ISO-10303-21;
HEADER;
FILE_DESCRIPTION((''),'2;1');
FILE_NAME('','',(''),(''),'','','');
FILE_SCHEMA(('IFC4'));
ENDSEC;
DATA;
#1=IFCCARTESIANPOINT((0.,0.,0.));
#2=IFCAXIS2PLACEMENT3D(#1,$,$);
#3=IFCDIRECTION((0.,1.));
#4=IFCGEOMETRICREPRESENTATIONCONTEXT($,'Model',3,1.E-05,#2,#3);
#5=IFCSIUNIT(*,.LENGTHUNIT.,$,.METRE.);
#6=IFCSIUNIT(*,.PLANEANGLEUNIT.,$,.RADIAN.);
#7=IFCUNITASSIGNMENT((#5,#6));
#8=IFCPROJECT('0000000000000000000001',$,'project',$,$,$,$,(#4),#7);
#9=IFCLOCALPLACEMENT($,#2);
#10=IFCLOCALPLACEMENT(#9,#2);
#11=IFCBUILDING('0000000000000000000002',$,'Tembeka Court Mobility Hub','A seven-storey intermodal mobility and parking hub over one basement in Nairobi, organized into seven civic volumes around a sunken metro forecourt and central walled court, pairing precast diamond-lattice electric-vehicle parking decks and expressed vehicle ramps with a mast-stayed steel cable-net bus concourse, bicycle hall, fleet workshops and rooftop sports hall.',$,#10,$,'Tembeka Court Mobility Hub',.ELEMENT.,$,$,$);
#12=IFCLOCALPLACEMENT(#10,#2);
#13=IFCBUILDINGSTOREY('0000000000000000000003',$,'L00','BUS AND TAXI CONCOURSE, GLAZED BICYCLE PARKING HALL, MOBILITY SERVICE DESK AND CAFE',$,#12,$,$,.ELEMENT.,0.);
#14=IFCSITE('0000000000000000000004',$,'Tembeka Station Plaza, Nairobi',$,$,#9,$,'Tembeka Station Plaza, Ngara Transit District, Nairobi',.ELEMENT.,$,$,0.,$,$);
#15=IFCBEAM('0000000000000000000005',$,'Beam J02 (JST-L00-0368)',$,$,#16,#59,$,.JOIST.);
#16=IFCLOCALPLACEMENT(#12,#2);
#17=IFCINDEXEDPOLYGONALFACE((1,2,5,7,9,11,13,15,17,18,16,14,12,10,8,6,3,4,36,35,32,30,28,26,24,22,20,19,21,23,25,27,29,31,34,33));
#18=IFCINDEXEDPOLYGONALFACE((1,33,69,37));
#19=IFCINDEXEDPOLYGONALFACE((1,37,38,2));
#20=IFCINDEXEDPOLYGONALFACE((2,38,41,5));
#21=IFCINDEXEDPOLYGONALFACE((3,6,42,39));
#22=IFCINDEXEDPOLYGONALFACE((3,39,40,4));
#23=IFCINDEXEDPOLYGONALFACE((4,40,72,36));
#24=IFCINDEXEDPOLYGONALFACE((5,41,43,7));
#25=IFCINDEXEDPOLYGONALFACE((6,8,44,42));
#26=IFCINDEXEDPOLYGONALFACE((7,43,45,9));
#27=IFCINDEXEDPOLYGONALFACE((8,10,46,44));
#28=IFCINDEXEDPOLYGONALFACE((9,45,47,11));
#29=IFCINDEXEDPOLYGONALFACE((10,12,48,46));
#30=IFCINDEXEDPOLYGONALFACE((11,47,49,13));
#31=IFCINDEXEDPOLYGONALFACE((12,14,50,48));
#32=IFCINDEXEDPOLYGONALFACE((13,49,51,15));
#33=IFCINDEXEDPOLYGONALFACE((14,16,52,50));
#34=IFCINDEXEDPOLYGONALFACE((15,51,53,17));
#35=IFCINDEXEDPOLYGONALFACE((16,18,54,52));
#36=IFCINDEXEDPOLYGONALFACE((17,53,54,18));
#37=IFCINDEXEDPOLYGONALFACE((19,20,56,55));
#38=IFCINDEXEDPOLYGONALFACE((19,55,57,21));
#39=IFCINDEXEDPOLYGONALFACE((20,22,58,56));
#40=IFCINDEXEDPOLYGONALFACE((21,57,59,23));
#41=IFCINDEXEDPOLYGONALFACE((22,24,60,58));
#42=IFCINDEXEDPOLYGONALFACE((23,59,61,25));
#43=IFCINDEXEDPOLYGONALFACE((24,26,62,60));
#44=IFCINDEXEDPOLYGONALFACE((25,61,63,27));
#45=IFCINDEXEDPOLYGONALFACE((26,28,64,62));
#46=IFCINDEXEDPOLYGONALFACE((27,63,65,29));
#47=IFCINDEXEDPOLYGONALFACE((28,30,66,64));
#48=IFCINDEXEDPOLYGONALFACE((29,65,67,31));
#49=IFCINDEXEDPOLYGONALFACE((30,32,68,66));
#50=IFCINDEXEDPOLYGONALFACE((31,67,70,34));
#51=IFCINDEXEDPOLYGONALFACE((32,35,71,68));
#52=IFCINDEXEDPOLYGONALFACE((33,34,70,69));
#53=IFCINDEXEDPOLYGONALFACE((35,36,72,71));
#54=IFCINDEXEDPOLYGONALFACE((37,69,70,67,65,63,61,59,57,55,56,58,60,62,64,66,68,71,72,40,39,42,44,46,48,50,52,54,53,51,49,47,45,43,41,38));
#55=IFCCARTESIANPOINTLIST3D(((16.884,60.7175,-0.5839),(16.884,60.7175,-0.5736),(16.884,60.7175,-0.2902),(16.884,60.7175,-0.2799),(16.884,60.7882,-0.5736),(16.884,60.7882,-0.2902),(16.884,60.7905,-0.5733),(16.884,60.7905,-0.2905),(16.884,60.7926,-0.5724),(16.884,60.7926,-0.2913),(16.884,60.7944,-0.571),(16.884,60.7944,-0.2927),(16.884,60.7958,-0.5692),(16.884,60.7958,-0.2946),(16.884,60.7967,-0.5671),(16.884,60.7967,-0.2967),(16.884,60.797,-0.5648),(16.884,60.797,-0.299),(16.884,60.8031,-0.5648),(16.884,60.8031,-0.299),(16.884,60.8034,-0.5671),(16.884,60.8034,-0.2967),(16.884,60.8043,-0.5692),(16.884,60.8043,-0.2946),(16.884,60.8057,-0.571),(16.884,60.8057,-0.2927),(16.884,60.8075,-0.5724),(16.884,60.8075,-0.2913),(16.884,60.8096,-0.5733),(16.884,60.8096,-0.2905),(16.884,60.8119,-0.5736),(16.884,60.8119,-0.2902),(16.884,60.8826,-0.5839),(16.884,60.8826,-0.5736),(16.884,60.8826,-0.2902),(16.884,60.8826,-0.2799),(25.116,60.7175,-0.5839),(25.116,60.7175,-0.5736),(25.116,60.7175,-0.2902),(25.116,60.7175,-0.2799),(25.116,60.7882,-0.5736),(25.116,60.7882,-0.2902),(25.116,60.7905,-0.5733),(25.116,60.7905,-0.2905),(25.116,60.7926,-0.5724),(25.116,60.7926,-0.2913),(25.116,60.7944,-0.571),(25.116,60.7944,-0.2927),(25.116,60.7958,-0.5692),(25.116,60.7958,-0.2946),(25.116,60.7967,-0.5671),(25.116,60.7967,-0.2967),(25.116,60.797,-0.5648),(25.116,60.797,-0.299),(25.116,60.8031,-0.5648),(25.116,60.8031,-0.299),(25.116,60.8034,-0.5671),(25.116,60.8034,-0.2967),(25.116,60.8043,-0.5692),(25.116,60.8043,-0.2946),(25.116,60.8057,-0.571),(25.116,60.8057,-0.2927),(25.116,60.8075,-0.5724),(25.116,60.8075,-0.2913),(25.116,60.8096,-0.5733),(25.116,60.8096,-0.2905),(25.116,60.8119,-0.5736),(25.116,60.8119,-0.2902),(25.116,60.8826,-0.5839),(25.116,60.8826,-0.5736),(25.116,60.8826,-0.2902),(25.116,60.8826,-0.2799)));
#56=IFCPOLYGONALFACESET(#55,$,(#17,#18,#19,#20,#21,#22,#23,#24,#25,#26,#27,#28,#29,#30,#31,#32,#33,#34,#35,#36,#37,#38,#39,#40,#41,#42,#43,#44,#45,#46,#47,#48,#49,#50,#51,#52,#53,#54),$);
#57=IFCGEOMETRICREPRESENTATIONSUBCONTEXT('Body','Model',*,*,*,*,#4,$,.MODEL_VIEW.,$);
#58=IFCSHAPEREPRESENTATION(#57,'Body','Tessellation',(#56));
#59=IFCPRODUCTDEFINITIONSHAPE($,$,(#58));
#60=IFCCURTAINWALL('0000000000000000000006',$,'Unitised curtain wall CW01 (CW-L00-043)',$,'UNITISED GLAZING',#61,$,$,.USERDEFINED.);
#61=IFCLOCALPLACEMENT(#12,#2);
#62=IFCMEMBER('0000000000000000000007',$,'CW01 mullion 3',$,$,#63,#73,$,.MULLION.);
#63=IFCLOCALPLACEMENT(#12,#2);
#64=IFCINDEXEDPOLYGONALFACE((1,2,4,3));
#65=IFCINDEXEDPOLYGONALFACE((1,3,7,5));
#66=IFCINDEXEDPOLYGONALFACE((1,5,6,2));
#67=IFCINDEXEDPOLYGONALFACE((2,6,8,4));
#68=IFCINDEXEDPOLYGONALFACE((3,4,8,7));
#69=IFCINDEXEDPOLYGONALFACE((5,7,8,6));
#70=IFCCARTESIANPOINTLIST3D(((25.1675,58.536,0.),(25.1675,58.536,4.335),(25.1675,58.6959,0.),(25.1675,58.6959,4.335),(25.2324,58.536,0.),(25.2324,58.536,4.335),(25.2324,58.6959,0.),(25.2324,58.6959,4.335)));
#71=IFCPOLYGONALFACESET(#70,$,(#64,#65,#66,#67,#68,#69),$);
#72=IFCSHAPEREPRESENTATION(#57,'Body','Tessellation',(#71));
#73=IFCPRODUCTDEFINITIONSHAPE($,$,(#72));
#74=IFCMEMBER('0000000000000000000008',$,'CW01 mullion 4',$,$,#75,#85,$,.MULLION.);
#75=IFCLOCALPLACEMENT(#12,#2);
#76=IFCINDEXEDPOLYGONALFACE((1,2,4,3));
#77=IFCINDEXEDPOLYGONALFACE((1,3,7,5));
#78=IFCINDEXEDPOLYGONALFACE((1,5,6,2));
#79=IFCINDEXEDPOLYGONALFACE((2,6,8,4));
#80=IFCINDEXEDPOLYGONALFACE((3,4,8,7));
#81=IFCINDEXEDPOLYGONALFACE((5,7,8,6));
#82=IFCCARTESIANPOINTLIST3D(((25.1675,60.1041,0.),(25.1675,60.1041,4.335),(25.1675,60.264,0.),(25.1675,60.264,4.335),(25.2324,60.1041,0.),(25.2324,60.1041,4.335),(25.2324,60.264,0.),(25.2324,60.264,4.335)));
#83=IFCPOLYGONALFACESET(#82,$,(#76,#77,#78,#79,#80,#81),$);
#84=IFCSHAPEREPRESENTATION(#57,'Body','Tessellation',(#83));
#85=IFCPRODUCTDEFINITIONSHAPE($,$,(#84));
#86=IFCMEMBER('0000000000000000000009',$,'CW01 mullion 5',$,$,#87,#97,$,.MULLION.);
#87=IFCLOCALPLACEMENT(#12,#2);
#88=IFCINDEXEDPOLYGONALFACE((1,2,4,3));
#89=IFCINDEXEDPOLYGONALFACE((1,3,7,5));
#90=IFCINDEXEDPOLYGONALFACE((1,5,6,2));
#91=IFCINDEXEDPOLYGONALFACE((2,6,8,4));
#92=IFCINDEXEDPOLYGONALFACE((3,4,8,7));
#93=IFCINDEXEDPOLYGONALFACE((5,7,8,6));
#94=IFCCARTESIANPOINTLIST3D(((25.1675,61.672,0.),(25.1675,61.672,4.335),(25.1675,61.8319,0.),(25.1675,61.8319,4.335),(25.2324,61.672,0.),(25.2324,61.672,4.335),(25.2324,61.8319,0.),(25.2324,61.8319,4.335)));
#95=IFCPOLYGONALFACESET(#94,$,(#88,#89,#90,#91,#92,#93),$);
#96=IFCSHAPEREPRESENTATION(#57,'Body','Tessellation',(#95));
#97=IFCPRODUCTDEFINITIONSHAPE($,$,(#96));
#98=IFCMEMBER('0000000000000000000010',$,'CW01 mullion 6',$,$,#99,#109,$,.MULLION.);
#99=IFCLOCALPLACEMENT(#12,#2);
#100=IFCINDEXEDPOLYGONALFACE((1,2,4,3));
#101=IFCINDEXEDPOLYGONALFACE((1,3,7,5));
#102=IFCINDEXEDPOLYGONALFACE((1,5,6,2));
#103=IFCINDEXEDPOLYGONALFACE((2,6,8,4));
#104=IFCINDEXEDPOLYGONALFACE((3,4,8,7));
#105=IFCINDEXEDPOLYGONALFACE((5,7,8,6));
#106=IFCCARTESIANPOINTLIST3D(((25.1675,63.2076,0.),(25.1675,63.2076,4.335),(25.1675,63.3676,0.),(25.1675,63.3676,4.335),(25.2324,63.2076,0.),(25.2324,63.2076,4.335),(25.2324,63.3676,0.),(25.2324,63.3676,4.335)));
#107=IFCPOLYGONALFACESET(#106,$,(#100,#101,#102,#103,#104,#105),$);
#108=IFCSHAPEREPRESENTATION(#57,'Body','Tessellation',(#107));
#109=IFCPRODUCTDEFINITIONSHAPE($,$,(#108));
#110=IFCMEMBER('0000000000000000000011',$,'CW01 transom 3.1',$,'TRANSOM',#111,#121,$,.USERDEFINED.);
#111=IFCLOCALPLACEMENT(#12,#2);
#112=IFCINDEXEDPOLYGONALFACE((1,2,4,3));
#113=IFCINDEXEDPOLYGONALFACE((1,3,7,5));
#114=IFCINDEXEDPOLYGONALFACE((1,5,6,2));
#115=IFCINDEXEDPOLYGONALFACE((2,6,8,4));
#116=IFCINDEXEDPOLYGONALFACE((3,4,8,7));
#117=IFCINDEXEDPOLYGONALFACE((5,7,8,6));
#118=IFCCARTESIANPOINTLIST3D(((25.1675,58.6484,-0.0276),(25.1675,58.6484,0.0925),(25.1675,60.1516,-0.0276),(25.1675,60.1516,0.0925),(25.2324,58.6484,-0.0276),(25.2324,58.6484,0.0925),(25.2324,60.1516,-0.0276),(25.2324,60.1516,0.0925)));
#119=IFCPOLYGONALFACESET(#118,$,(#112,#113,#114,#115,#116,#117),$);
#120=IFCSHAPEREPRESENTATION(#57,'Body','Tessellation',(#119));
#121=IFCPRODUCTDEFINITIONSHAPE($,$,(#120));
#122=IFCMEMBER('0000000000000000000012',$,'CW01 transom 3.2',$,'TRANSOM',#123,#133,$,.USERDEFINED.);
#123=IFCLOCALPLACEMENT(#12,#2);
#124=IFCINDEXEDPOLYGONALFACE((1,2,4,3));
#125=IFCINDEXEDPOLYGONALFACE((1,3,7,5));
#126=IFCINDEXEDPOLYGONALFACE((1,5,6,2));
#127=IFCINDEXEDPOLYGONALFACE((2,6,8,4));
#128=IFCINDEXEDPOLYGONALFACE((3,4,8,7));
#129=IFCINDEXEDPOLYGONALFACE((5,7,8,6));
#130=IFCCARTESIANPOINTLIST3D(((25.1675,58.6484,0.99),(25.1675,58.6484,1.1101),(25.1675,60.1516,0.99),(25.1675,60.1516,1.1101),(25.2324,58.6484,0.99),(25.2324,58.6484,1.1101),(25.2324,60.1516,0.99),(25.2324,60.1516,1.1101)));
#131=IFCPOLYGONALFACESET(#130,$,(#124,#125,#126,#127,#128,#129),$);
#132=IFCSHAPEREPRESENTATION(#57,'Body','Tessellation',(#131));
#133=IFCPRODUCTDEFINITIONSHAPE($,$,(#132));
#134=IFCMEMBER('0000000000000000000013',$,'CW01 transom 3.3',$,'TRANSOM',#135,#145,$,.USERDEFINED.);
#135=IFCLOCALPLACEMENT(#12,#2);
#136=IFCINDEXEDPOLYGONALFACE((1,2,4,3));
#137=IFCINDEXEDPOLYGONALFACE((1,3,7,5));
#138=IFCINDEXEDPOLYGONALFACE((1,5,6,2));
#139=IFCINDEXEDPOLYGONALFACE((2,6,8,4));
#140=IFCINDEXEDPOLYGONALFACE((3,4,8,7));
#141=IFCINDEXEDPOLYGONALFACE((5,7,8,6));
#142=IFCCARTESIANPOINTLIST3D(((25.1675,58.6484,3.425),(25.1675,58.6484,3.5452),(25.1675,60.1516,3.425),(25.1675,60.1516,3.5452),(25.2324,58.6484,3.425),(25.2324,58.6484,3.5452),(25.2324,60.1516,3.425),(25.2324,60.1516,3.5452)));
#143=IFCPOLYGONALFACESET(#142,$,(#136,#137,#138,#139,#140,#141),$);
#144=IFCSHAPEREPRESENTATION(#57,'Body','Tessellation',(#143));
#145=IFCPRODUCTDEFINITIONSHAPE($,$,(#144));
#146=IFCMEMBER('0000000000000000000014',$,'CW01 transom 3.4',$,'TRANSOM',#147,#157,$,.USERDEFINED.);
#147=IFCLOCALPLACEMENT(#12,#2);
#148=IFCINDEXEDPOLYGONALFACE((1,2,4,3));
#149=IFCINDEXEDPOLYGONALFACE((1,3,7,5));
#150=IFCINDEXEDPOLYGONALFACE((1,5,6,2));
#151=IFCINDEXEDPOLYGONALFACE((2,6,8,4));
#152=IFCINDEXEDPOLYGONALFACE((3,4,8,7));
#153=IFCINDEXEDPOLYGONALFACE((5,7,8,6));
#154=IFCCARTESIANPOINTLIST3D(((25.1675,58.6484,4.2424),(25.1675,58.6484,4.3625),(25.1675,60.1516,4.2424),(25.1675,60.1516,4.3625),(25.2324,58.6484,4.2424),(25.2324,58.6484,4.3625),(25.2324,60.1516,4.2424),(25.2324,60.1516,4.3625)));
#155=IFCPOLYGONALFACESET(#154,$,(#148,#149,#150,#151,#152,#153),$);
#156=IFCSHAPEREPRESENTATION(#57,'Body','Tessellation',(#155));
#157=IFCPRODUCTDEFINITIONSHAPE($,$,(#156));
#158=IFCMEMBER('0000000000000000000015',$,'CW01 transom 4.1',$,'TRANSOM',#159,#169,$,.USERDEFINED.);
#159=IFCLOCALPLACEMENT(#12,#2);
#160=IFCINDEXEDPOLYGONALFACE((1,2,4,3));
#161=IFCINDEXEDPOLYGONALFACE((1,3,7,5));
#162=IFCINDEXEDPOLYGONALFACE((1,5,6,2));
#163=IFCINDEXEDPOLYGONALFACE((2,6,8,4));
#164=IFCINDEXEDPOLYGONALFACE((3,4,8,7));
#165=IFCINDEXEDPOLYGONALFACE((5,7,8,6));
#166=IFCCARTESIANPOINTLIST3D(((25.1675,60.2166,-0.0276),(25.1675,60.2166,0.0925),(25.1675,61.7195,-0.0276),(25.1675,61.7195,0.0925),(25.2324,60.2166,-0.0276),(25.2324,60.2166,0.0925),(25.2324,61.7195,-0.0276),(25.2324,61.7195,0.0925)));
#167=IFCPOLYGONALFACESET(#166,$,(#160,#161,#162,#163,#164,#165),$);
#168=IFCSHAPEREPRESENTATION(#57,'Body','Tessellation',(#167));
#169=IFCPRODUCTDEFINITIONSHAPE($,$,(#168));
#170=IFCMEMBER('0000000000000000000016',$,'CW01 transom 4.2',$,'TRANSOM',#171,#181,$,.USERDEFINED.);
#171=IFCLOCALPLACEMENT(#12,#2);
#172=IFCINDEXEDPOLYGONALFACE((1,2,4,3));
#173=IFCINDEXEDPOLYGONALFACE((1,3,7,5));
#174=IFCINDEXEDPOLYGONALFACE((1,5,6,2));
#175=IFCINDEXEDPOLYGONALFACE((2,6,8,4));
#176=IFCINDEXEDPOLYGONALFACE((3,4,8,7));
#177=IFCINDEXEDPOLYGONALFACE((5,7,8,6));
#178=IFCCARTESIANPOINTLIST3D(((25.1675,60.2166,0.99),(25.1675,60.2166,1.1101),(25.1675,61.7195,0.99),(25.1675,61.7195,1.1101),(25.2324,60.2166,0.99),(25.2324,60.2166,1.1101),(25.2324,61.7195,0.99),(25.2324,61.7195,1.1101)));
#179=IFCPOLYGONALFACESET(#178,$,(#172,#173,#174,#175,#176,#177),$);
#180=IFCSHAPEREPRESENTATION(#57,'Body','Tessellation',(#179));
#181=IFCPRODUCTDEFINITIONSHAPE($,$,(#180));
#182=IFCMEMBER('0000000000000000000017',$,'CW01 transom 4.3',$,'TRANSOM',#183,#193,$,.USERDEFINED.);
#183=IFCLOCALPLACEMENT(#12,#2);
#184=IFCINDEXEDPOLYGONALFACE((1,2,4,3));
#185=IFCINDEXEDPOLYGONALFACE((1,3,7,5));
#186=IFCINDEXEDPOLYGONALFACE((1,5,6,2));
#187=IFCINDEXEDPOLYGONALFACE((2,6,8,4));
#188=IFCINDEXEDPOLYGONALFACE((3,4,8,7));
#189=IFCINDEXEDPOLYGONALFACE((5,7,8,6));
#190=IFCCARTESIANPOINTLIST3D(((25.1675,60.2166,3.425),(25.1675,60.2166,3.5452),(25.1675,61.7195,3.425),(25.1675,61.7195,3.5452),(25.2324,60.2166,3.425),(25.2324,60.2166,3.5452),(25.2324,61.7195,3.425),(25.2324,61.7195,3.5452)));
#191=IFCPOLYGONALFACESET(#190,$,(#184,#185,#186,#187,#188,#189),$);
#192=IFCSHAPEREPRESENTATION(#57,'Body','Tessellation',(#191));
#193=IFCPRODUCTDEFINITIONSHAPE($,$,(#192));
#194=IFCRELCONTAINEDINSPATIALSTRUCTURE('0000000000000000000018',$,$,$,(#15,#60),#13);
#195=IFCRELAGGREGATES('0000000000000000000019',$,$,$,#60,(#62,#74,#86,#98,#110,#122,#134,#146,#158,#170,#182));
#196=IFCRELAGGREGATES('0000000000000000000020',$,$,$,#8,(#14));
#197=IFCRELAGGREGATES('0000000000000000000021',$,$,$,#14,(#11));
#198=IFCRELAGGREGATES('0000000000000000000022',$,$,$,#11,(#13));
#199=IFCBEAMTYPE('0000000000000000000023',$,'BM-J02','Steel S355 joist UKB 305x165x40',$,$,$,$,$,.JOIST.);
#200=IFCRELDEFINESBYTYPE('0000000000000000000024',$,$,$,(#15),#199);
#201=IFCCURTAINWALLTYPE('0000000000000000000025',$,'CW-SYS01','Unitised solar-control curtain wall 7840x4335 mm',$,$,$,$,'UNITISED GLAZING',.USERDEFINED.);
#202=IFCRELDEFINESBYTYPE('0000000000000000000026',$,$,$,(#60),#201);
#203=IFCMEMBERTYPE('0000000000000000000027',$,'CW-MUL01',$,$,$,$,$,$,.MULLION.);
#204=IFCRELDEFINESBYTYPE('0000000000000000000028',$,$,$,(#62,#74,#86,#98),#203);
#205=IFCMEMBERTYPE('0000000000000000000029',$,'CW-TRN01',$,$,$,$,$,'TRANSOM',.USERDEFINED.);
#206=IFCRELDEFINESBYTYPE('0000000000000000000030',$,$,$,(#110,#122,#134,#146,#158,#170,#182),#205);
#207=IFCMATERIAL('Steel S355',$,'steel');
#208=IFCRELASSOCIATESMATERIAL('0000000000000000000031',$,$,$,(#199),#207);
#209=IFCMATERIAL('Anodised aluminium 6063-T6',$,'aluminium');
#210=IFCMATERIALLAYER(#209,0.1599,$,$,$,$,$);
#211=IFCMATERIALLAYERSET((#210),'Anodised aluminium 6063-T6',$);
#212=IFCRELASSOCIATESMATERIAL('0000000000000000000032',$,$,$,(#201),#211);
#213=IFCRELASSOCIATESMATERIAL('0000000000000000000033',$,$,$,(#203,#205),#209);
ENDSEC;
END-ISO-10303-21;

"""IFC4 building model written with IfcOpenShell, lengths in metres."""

from ifc_helpers import new_model, si_unit, direction, frame, origin, origin_2d, place, context, subcontext, project, spatial, rectangle, i_section, extrude, material, layer, layer_set, material_profile, profile_set, type_object, element, aggregate, save


model = new_model("IFC4")

# Units and contexts
model_context = context("Model", 3, precision=1e-05, world=origin(), true_north=direction((0.0, 1.0)))
body_context = subcontext(model_context, "Body", "Model", "MODEL_VIEW")
ifc_project = project(units=[si_unit("LENGTHUNIT", "METRE"), si_unit("PLANEANGLEUNIT", "RADIAN")], contexts=[model_context])

# Site, building, storey
site_placement = place(None, origin())
site = spatial("IfcSite", under=ifc_project, at=site_placement, Name="Tembeka Station Plaza, Nairobi", LongName="Tembeka Station Plaza, Ngara Transit District, Nairobi", CompositionType="ELEMENT", RefElevation=0.0)
building_placement = place(site_placement, origin())
building = spatial("IfcBuilding", under=site, at=building_placement, Name="Tembeka Court Mobility Hub", Description="A seven-storey intermodal mobility and parking hub over one basement in Nairobi, organized into seven civic volumes around a sunken metro forecourt and central walled court, pairing precast diamond-lattice electric-vehicle parking decks and expressed vehicle ramps with a mast-stayed steel cable-net bus concourse, bicycle hall, fleet workshops and rooftop sports hall.", LongName="Tembeka Court Mobility Hub", CompositionType="ELEMENT")
storey_placement = place(building_placement, origin())
storey = spatial("IfcBuildingStorey", under=building, at=storey_placement, Name="L00", Description="BUS AND TAXI CONCOURSE, GLAZED BICYCLE PARKING HALL, MOBILITY SERVICE DESK AND CAFE", CompositionType="ELEMENT", Elevation=0.0)

# Shared definitions
ifc_material_1 = material(Name="Steel S355", Category="steel")

# Beam
ifc_material_profile_1 = material_profile(ifc_material_1, i_section(OverallWidth=0.165, OverallDepth=0.304, WebThickness=0.0061, FlangeThickness=0.0103, FilletRadius=0.0088, at=origin_2d()), Name="UKB 305x165x40")
ifc_profile_set_1 = profile_set([ifc_material_profile_1], Name="Steel S355")
beam_type_1 = type_object("IfcBeamType", Name="BM-J02", Description="Steel S355 joist UKB 305x165x40", PredefinedType="JOIST", material=ifc_profile_set_1)
beam_1_placement = place(storey_placement, frame((16.884, 60.8, -0.4319), z_axis=(1.0, 0.0, 0.0), x_axis=(0.0, 1.0, 0.0)))
element("IfcBeam", 1, at=beam_1_placement, inside=storey, type_object=beam_type_1, Name="Beam J02 (JST-L00-0368)", PredefinedType="JOIST", context=body_context, shape_type="SweptSolid", body=[
    extrude(i_section(OverallWidth=0.165, OverallDepth=0.304, WebThickness=0.0061, FlangeThickness=0.0103, FilletRadius=0.0088, at=origin_2d()), origin(), (0.0, 0.0, 1.0), 8.2319),
])

# Curtain wall, members
ifc_material_2 = material(Name="Anodised aluminium 6063-T6", Category="aluminium")
ifc_layer_1 = layer(ifc_material_2, 0.1599)
ifc_layer_set_1 = layer_set([ifc_layer_1], Name="Anodised aluminium 6063-T6")
curtain_wall_type = type_object("IfcCurtainWallType", Name="CW-SYS01", Description="Unitised solar-control curtain wall 7840x4335 mm", ElementType="UNITISED GLAZING", PredefinedType="USERDEFINED", material=ifc_layer_set_1)
curtain_wall_placement = place(storey_placement, origin())
curtain_wall = element("IfcCurtainWall", 2, at=curtain_wall_placement, inside=storey, type_object=curtain_wall_type, Name="Unitised curtain wall CW01 (CW-L00-043)", ObjectType="UNITISED GLAZING", PredefinedType="USERDEFINED")
ifc_material_profile_2 = material_profile(ifc_material_2, rectangle(XDim=0.0649, YDim=0.1599, at=origin_2d()), Name="ALU-MUL 65x160")
ifc_profile_set_2 = profile_set([ifc_material_profile_2], Name="Anodised aluminium 6063-T6")
member_type_1 = type_object("IfcMemberType", Name="CW-MUL01", PredefinedType="MULLION", material=ifc_profile_set_2)
member_1_placement = place(storey_placement, frame((25.2, 58.616, 0.0), z_axis=(0.0, 0.0, 1.0), x_axis=(-1.0, 0.0, 0.0)))
member_1 = element("IfcMember", 3, at=member_1_placement, type_object=member_type_1, Name="CW01 mullion 3", PredefinedType="MULLION", context=body_context, shape_type="SweptSolid", body=[
    extrude(rectangle(XDim=0.0649, YDim=0.1599, at=origin_2d()), origin(), (0.0, 0.0, 1.0), 4.335),
])
member_2_placement = place(storey_placement, frame((25.2, 60.1841, 0.0), z_axis=(0.0, 0.0, 1.0), x_axis=(-1.0, 0.0, 0.0)))
member_2 = element("IfcMember", 4, at=member_2_placement, type_object=member_type_1, Name="CW01 mullion 4", PredefinedType="MULLION", context=body_context, shape_type="SweptSolid", body=[
    extrude(rectangle(XDim=0.0649, YDim=0.1599, at=origin_2d()), origin(), (0.0, 0.0, 1.0), 4.335),
])
member_3_placement = place(storey_placement, frame((25.2, 61.752, 0.0), z_axis=(0.0, 0.0, 1.0), x_axis=(-1.0, 0.0, 0.0)))
member_3 = element("IfcMember", 5, at=member_3_placement, type_object=member_type_1, Name="CW01 mullion 5", PredefinedType="MULLION", context=body_context, shape_type="SweptSolid", body=[
    extrude(rectangle(XDim=0.0649, YDim=0.1599, at=origin_2d()), origin(), (0.0, 0.0, 1.0), 4.335),
])
member_4_placement = place(storey_placement, frame((25.2, 63.2876, 0.0), z_axis=(0.0, 0.0, 1.0), x_axis=(-1.0, 0.0, 0.0)))
member_4 = element("IfcMember", 6, at=member_4_placement, type_object=member_type_1, Name="CW01 mullion 6", PredefinedType="MULLION", context=body_context, shape_type="SweptSolid", body=[
    extrude(rectangle(XDim=0.0649, YDim=0.1599, at=origin_2d()), origin(), (0.0, 0.0, 1.0), 4.335),
])
ifc_material_profile_3 = material_profile(ifc_material_2, rectangle(XDim=0.0649, YDim=0.1201, at=origin_2d()), Name="ALU-TRN 65x120")
ifc_profile_set_3 = profile_set([ifc_material_profile_3], Name="Anodised aluminium 6063-T6")
member_type_2 = type_object("IfcMemberType", Name="CW-TRN01", ElementType="TRANSOM", PredefinedType="USERDEFINED", material=ifc_profile_set_3)
member_5_placement = place(storey_placement, frame((25.2, 58.6484, 0.0325), z_axis=(0.0, 1.0, 0.0), x_axis=(-1.0, 0.0, 0.0)))
member_5 = element("IfcMember", 7, at=member_5_placement, type_object=member_type_2, Name="CW01 transom 3.1", ObjectType="TRANSOM", PredefinedType="USERDEFINED", context=body_context, shape_type="SweptSolid", body=[
    extrude(rectangle(XDim=0.0649, YDim=0.1201, at=origin_2d()), origin(), (0.0, 0.0, 1.0), 1.5032),
])
member_6_placement = place(storey_placement, frame((25.2, 58.6484, 1.05), z_axis=(0.0, 1.0, 0.0), x_axis=(-1.0, 0.0, 0.0)))
member_6 = element("IfcMember", 8, at=member_6_placement, type_object=member_type_2, Name="CW01 transom 3.2", ObjectType="TRANSOM", PredefinedType="USERDEFINED", context=body_context, shape_type="SweptSolid", body=[
    extrude(rectangle(XDim=0.0649, YDim=0.1201, at=origin_2d()), origin(), (0.0, 0.0, 1.0), 1.5032),
])
member_7_placement = place(storey_placement, frame((25.2, 58.6484, 3.4851), z_axis=(0.0, 1.0, 0.0), x_axis=(-1.0, 0.0, 0.0)))
member_7 = element("IfcMember", 9, at=member_7_placement, type_object=member_type_2, Name="CW01 transom 3.3", ObjectType="TRANSOM", PredefinedType="USERDEFINED", context=body_context, shape_type="SweptSolid", body=[
    extrude(rectangle(XDim=0.0649, YDim=0.1201, at=origin_2d()), origin(), (0.0, 0.0, 1.0), 1.5032),
])
member_8_placement = place(storey_placement, frame((25.2, 58.6484, 4.3025), z_axis=(0.0, 1.0, 0.0), x_axis=(-1.0, 0.0, 0.0)))
member_8 = element("IfcMember", 10, at=member_8_placement, type_object=member_type_2, Name="CW01 transom 3.4", ObjectType="TRANSOM", PredefinedType="USERDEFINED", context=body_context, shape_type="SweptSolid", body=[
    extrude(rectangle(XDim=0.0649, YDim=0.1201, at=origin_2d()), origin(), (0.0, 0.0, 1.0), 1.5032),
])
member_9_placement = place(storey_placement, frame((25.2, 60.2166, 0.0325), z_axis=(0.0, 1.0, 0.0), x_axis=(-1.0, 0.0, 0.0)))
member_9 = element("IfcMember", 11, at=member_9_placement, type_object=member_type_2, Name="CW01 transom 4.1", ObjectType="TRANSOM", PredefinedType="USERDEFINED", context=body_context, shape_type="SweptSolid", body=[
    extrude(rectangle(XDim=0.0649, YDim=0.1201, at=origin_2d()), origin(), (0.0, 0.0, 1.0), 1.5029),
])
member_10_placement = place(storey_placement, frame((25.2, 60.2166, 1.05), z_axis=(0.0, 1.0, 0.0), x_axis=(-1.0, 0.0, 0.0)))
member_10 = element("IfcMember", 12, at=member_10_placement, type_object=member_type_2, Name="CW01 transom 4.2", ObjectType="TRANSOM", PredefinedType="USERDEFINED", context=body_context, shape_type="SweptSolid", body=[
    extrude(rectangle(XDim=0.0649, YDim=0.1201, at=origin_2d()), origin(), (0.0, 0.0, 1.0), 1.5029),
])
member_11_placement = place(storey_placement, frame((25.2, 60.2166, 3.4851), z_axis=(0.0, 1.0, 0.0), x_axis=(-1.0, 0.0, 0.0)))
member_11 = element("IfcMember", 13, at=member_11_placement, type_object=member_type_2, Name="CW01 transom 4.3", ObjectType="TRANSOM", PredefinedType="USERDEFINED", context=body_context, shape_type="SweptSolid", body=[
    extrude(rectangle(XDim=0.0649, YDim=0.1201, at=origin_2d()), origin(), (0.0, 0.0, 1.0), 1.5029),
])
aggregate(curtain_wall, [member_1, member_2, member_3, member_4, member_5, member_6, member_7, member_8, member_9, member_10, member_11])

save(model, "model.ifc")
